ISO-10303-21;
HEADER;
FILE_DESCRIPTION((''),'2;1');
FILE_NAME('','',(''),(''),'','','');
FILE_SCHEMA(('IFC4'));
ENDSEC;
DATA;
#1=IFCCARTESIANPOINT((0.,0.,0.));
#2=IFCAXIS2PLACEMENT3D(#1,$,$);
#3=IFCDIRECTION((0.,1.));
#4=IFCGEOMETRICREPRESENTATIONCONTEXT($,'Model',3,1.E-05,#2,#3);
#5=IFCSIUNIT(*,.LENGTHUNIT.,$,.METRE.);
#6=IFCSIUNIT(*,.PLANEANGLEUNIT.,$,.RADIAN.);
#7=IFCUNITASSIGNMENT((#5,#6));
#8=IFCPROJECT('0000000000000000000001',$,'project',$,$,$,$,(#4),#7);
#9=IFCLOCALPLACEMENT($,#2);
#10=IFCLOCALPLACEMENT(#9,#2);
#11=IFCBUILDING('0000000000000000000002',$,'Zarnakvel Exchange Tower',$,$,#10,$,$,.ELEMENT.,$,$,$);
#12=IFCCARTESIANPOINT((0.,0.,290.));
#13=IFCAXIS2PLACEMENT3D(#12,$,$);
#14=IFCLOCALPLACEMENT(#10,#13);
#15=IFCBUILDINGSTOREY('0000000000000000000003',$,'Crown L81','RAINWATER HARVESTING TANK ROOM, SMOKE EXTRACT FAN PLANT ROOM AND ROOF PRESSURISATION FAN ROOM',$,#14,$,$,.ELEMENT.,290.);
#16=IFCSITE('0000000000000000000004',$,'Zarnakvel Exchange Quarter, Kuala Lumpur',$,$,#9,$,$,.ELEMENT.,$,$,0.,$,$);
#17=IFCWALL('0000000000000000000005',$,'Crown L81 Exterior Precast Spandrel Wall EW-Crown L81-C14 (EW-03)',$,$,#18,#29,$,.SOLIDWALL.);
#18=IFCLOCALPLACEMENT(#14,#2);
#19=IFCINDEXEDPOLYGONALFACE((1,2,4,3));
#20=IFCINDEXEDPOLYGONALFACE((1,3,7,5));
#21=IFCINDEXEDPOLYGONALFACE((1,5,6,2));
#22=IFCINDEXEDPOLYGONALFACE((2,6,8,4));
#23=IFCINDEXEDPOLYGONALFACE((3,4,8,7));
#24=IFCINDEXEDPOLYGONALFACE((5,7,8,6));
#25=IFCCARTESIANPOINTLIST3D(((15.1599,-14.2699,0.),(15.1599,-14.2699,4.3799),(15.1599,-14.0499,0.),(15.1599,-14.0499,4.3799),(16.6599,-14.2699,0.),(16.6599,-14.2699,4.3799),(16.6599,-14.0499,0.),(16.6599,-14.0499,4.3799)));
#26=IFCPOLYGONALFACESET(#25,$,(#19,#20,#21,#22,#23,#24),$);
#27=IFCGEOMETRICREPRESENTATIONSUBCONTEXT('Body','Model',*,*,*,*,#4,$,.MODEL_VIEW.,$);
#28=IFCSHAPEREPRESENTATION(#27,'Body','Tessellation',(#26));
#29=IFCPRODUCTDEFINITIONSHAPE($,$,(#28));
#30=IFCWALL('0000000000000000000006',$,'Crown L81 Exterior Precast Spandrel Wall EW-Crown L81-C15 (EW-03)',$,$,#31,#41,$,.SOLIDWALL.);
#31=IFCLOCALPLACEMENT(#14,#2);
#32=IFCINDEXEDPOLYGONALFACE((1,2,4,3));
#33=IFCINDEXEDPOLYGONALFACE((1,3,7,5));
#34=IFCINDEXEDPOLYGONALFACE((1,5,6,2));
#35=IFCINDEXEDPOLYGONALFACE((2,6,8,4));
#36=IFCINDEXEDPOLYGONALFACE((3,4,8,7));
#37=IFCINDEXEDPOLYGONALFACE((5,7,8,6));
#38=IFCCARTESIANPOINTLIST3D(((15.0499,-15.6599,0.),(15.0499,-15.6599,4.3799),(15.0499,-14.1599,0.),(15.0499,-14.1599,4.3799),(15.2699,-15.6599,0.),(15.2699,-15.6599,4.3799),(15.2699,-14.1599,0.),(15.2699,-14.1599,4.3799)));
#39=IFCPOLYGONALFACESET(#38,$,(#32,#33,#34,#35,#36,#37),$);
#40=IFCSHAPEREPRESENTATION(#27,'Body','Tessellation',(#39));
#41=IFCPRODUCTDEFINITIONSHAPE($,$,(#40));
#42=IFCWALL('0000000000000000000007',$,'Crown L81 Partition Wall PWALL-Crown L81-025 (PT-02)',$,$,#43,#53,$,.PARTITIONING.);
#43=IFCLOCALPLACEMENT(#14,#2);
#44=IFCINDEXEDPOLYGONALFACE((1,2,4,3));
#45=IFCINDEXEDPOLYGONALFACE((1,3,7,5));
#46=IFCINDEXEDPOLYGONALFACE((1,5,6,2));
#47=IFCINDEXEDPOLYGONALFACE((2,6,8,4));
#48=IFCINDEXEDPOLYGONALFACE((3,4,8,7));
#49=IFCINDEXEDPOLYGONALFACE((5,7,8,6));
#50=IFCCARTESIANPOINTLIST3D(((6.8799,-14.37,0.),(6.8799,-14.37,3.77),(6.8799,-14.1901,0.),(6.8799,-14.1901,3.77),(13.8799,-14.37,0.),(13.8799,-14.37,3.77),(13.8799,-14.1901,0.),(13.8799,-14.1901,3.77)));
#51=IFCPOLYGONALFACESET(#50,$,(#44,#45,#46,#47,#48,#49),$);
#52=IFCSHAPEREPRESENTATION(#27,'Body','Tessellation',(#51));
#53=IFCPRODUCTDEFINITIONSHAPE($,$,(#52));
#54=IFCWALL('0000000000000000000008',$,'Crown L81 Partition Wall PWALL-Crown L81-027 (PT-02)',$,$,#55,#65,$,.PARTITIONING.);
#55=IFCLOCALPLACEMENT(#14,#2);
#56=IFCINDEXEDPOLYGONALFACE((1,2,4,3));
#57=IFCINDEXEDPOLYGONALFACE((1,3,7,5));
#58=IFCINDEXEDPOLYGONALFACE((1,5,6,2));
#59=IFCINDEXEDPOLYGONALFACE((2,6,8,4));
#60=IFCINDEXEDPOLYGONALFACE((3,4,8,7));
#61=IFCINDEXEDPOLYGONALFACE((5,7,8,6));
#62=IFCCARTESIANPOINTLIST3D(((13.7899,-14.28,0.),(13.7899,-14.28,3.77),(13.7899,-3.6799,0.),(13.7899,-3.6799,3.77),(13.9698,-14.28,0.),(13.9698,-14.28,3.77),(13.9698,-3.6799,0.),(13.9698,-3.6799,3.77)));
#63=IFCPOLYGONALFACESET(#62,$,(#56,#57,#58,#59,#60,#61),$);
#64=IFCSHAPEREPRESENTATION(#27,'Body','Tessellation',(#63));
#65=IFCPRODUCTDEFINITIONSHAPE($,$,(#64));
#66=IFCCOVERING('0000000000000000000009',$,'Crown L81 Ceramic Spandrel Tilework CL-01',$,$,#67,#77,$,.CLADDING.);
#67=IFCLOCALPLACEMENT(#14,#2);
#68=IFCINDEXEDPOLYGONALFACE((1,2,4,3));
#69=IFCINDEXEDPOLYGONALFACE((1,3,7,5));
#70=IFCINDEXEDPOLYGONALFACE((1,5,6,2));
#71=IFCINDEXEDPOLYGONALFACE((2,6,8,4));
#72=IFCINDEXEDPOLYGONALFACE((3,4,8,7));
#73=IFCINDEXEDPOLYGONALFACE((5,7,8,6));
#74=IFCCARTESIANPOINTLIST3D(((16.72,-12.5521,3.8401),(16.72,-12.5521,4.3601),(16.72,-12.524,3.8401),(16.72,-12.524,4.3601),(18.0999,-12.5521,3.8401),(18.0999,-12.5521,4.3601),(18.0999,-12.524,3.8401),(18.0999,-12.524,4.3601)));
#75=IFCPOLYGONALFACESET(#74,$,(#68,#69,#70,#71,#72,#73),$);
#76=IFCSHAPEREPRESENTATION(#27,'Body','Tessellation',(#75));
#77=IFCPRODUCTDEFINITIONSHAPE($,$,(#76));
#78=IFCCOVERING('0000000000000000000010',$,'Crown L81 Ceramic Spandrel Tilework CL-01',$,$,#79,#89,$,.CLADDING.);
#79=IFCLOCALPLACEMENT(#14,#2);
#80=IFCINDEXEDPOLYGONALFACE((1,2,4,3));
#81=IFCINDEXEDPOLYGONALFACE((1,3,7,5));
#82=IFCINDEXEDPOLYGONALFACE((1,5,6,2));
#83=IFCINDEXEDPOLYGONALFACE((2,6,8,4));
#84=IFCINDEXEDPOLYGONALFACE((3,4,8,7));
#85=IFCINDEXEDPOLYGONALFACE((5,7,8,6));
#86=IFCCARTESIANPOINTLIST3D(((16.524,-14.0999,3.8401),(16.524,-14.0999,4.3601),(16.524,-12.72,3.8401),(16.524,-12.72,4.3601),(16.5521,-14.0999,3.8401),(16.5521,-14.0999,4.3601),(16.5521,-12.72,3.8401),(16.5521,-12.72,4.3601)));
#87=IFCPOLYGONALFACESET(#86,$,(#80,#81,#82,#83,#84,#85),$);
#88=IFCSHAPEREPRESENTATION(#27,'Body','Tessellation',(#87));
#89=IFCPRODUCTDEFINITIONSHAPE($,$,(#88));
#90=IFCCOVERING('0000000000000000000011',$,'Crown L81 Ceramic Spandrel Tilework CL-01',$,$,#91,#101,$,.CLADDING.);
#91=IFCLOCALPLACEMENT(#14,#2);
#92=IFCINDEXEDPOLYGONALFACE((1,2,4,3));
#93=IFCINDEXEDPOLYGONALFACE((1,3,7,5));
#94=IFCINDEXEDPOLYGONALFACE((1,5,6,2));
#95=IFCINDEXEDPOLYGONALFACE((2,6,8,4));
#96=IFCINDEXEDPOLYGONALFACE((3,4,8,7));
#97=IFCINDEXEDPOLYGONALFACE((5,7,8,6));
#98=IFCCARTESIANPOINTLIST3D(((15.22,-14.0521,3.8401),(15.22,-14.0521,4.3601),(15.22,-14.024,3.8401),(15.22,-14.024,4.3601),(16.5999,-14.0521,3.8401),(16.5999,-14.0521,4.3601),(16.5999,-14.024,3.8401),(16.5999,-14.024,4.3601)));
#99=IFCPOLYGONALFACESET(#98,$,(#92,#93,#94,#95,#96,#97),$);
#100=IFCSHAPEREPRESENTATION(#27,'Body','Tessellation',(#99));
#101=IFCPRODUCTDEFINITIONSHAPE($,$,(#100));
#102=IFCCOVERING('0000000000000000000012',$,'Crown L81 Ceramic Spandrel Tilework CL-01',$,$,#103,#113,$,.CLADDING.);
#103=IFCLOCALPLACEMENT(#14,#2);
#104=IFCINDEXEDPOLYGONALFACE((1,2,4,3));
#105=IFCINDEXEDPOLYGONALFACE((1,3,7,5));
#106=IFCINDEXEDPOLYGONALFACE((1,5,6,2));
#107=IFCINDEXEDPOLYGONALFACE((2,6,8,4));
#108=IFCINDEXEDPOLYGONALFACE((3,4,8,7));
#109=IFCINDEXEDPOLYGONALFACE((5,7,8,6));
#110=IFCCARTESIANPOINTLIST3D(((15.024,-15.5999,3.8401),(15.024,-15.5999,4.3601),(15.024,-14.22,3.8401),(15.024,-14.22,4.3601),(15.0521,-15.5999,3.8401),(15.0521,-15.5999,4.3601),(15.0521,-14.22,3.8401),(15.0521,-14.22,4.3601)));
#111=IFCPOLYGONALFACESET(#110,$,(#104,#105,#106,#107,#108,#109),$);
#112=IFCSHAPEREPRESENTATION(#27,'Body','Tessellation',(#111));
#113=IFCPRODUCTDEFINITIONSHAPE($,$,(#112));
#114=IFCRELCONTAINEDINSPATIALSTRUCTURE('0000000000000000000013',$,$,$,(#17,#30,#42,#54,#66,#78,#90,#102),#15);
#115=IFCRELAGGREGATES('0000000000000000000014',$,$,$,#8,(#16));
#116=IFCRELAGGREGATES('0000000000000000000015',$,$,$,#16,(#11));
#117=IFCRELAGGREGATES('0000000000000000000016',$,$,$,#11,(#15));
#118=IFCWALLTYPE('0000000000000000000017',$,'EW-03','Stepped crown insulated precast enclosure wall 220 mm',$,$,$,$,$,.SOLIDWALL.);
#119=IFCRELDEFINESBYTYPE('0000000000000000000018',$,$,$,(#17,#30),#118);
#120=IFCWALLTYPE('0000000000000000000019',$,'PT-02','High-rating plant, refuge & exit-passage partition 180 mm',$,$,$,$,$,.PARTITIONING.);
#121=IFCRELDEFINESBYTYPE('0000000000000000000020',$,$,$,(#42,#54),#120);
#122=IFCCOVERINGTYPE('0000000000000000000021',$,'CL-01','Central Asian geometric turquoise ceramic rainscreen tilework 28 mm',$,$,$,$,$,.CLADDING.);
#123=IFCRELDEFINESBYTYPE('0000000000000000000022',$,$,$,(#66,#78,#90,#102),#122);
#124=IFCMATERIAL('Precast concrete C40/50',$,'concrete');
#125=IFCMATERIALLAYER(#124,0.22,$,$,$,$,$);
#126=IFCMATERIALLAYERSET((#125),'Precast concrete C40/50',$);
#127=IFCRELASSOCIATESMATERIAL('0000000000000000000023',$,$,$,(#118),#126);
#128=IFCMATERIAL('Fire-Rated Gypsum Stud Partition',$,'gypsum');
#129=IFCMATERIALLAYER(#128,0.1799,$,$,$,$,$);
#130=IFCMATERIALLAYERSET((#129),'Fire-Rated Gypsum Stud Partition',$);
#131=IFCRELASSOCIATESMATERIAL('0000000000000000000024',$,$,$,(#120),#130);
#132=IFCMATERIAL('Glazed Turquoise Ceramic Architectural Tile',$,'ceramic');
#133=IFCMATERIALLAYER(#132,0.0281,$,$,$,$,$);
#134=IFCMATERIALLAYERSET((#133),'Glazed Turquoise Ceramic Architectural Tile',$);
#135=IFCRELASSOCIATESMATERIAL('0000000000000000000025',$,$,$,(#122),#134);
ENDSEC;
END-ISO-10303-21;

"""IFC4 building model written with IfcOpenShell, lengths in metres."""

from ifc_helpers import new_model, si_unit, direction, frame, frame_2d, origin, origin_2d, place, context, subcontext, project, spatial, rectangle, extrude, source, transform, mapped, material, layer, layer_set, type_object, element, save


model = new_model("IFC4")

# Units and contexts
model_context = context("Model", 3, precision=1e-05, world=origin(), true_north=direction((0.0, 1.0)))
body_context = subcontext(model_context, "Body", "Model", "MODEL_VIEW")
ifc_project = project(units=[si_unit("LENGTHUNIT", "METRE"), si_unit("PLANEANGLEUNIT", "RADIAN")], contexts=[model_context])

# Site, building, storey
site_placement = place(None, origin())
site = spatial("IfcSite", under=ifc_project, at=site_placement, Name="Zarnakvel Exchange Quarter, Kuala Lumpur", CompositionType="ELEMENT", RefElevation=0.0)
building_placement = place(site_placement, origin())
building = spatial("IfcBuilding", under=site, at=building_placement, Name="Zarnakvel Exchange Tower", CompositionType="ELEMENT")
storey_placement = place(building_placement, frame((0.0, 0.0, 290.0)))
storey = spatial("IfcBuildingStorey", under=building, at=storey_placement, Name="Crown L81", Description="RAINWATER HARVESTING TANK ROOM, SMOKE EXTRACT FAN PLANT ROOM AND ROOF PRESSURISATION FAN ROOM", CompositionType="ELEMENT", Elevation=290.0)

# Walls
ifc_material_1 = material(Name="Precast concrete C40/50", Category="concrete")
ifc_layer_1 = layer(ifc_material_1, 0.22)
ifc_layer_set_1 = layer_set([ifc_layer_1], Name="Precast concrete C40/50")
wall_type_1 = type_object("IfcWallType", Name="EW-03", Description="Stepped crown insulated precast enclosure wall 220 mm", PredefinedType="SOLIDWALL", material=ifc_layer_set_1)
for number, where, z_axis, x_axis, name in (
    (1, (15.1599, -14.1599, 0.0), (0.0, 0.0, 1.0), (1.0, 0.0, 0.0), "Crown L81 Exterior Precast Spandrel Wall EW-Crown L81-C14 (EW-03)"),
    (2, (15.1599, -15.6599, 0.0), (0.0, 0.0, 1.0), (0.0, 1.0, 0.0), "Crown L81 Exterior Precast Spandrel Wall EW-Crown L81-C15 (EW-03)"),
):
    element("IfcWall", number, at=place(storey_placement, frame(where, z_axis=z_axis, x_axis=x_axis)), inside=storey, type_object=wall_type_1, Name=name, PredefinedType="SOLIDWALL", context=body_context, shape_type="SweptSolid", body=[
        extrude(rectangle(XDim=1.5, YDim=0.22, at=frame_2d((0.75, 0.0))), origin(), (0.0, 0.0, 1.0), 4.3799),
    ])
ifc_material_2 = material(Name="Fire-Rated Gypsum Stud Partition", Category="gypsum")
ifc_layer_2 = layer(ifc_material_2, 0.1799)
ifc_layer_set_2 = layer_set([ifc_layer_2], Name="Fire-Rated Gypsum Stud Partition")
wall_type_2 = type_object("IfcWallType", Name="PT-02", Description="High-rating plant, refuge & exit-passage partition 180 mm", PredefinedType="PARTITIONING", material=ifc_layer_set_2)
wall_1_placement = place(storey_placement, frame((13.8799, -14.28, 0.0), z_axis=(0.0, 0.0, 1.0), x_axis=(-1.0, 0.0, 0.0)))
element("IfcWall", 3, at=wall_1_placement, inside=storey, type_object=wall_type_2, Name="Crown L81 Partition Wall PWALL-Crown L81-025 (PT-02)", PredefinedType="PARTITIONING", context=body_context, shape_type="SweptSolid", body=[
    extrude(rectangle(XDim=7.0, YDim=0.1799, at=frame_2d((3.5, 0.0))), origin(), (0.0, 0.0, 1.0), 3.77),
])
wall_2_placement = place(storey_placement, frame((13.8799, -3.6799, 0.0), z_axis=(0.0, 0.0, 1.0), x_axis=(0.0, -1.0, 0.0)))
element("IfcWall", 4, at=wall_2_placement, inside=storey, type_object=wall_type_2, Name="Crown L81 Partition Wall PWALL-Crown L81-027 (PT-02)", PredefinedType="PARTITIONING", context=body_context, shape_type="SweptSolid", body=[
    extrude(rectangle(XDim=10.6001, YDim=0.1799, at=frame_2d((5.3, 0.0))), origin(), (0.0, 0.0, 1.0), 3.77),
])

# Coverings
ifc_material_3 = material(Name="Glazed Turquoise Ceramic Architectural Tile", Category="ceramic")
ifc_layer_3 = layer(ifc_material_3, 0.0281)
ifc_layer_set_3 = layer_set([ifc_layer_3], Name="Glazed Turquoise Ceramic Architectural Tile")
covering_type = type_object("IfcCoveringType", Name="CL-01", Description="Central Asian geometric turquoise ceramic rainscreen tilework 28 mm", PredefinedType="CLADDING", material=ifc_layer_set_3)
shared_shape_1 = source(origin(), body_context, "Body", "SweptSolid", [
    extrude(rectangle(XDim=1.3799, YDim=0.0281, at=origin_2d()), origin(), (0.0, 0.0, 1.0), 0.52),
])
for number, where, z_axis, x_axis, name in (
    (5, (17.4099, -12.5381, 3.8401), (0.0, 0.0, 1.0), (1.0, 0.0, 0.0), "Crown L81 Ceramic Spandrel Tilework CL-01"),
    (6, (16.5381, -13.4099, 3.8401), (0.0, 0.0, 1.0), (0.0, 1.0, 0.0), "Crown L81 Ceramic Spandrel Tilework CL-01"),
    (7, (15.9099, -14.0381, 3.8401), (0.0, 0.0, 1.0), (1.0, 0.0, 0.0), "Crown L81 Ceramic Spandrel Tilework CL-01"),
    (8, (15.0381, -14.9099, 3.8401), (0.0, 0.0, 1.0), (0.0, 1.0, 0.0), "Crown L81 Ceramic Spandrel Tilework CL-01"),
):
    element("IfcCovering", number, at=place(storey_placement, frame(where, z_axis=z_axis, x_axis=x_axis)), inside=storey, type_object=covering_type, Name=name, PredefinedType="CLADDING", context=body_context, shape_type="MappedRepresentation", body=[
        mapped(shared_shape_1, transform((0.0, 0.0, 0.0), x_axis=(1.0, 0.0, 0.0), y_axis=(0.0, 1.0, 0.0), z_axis=(0.0, 0.0, 1.0), scale=1.0)),
    ])

save(model, "model.ifc")
